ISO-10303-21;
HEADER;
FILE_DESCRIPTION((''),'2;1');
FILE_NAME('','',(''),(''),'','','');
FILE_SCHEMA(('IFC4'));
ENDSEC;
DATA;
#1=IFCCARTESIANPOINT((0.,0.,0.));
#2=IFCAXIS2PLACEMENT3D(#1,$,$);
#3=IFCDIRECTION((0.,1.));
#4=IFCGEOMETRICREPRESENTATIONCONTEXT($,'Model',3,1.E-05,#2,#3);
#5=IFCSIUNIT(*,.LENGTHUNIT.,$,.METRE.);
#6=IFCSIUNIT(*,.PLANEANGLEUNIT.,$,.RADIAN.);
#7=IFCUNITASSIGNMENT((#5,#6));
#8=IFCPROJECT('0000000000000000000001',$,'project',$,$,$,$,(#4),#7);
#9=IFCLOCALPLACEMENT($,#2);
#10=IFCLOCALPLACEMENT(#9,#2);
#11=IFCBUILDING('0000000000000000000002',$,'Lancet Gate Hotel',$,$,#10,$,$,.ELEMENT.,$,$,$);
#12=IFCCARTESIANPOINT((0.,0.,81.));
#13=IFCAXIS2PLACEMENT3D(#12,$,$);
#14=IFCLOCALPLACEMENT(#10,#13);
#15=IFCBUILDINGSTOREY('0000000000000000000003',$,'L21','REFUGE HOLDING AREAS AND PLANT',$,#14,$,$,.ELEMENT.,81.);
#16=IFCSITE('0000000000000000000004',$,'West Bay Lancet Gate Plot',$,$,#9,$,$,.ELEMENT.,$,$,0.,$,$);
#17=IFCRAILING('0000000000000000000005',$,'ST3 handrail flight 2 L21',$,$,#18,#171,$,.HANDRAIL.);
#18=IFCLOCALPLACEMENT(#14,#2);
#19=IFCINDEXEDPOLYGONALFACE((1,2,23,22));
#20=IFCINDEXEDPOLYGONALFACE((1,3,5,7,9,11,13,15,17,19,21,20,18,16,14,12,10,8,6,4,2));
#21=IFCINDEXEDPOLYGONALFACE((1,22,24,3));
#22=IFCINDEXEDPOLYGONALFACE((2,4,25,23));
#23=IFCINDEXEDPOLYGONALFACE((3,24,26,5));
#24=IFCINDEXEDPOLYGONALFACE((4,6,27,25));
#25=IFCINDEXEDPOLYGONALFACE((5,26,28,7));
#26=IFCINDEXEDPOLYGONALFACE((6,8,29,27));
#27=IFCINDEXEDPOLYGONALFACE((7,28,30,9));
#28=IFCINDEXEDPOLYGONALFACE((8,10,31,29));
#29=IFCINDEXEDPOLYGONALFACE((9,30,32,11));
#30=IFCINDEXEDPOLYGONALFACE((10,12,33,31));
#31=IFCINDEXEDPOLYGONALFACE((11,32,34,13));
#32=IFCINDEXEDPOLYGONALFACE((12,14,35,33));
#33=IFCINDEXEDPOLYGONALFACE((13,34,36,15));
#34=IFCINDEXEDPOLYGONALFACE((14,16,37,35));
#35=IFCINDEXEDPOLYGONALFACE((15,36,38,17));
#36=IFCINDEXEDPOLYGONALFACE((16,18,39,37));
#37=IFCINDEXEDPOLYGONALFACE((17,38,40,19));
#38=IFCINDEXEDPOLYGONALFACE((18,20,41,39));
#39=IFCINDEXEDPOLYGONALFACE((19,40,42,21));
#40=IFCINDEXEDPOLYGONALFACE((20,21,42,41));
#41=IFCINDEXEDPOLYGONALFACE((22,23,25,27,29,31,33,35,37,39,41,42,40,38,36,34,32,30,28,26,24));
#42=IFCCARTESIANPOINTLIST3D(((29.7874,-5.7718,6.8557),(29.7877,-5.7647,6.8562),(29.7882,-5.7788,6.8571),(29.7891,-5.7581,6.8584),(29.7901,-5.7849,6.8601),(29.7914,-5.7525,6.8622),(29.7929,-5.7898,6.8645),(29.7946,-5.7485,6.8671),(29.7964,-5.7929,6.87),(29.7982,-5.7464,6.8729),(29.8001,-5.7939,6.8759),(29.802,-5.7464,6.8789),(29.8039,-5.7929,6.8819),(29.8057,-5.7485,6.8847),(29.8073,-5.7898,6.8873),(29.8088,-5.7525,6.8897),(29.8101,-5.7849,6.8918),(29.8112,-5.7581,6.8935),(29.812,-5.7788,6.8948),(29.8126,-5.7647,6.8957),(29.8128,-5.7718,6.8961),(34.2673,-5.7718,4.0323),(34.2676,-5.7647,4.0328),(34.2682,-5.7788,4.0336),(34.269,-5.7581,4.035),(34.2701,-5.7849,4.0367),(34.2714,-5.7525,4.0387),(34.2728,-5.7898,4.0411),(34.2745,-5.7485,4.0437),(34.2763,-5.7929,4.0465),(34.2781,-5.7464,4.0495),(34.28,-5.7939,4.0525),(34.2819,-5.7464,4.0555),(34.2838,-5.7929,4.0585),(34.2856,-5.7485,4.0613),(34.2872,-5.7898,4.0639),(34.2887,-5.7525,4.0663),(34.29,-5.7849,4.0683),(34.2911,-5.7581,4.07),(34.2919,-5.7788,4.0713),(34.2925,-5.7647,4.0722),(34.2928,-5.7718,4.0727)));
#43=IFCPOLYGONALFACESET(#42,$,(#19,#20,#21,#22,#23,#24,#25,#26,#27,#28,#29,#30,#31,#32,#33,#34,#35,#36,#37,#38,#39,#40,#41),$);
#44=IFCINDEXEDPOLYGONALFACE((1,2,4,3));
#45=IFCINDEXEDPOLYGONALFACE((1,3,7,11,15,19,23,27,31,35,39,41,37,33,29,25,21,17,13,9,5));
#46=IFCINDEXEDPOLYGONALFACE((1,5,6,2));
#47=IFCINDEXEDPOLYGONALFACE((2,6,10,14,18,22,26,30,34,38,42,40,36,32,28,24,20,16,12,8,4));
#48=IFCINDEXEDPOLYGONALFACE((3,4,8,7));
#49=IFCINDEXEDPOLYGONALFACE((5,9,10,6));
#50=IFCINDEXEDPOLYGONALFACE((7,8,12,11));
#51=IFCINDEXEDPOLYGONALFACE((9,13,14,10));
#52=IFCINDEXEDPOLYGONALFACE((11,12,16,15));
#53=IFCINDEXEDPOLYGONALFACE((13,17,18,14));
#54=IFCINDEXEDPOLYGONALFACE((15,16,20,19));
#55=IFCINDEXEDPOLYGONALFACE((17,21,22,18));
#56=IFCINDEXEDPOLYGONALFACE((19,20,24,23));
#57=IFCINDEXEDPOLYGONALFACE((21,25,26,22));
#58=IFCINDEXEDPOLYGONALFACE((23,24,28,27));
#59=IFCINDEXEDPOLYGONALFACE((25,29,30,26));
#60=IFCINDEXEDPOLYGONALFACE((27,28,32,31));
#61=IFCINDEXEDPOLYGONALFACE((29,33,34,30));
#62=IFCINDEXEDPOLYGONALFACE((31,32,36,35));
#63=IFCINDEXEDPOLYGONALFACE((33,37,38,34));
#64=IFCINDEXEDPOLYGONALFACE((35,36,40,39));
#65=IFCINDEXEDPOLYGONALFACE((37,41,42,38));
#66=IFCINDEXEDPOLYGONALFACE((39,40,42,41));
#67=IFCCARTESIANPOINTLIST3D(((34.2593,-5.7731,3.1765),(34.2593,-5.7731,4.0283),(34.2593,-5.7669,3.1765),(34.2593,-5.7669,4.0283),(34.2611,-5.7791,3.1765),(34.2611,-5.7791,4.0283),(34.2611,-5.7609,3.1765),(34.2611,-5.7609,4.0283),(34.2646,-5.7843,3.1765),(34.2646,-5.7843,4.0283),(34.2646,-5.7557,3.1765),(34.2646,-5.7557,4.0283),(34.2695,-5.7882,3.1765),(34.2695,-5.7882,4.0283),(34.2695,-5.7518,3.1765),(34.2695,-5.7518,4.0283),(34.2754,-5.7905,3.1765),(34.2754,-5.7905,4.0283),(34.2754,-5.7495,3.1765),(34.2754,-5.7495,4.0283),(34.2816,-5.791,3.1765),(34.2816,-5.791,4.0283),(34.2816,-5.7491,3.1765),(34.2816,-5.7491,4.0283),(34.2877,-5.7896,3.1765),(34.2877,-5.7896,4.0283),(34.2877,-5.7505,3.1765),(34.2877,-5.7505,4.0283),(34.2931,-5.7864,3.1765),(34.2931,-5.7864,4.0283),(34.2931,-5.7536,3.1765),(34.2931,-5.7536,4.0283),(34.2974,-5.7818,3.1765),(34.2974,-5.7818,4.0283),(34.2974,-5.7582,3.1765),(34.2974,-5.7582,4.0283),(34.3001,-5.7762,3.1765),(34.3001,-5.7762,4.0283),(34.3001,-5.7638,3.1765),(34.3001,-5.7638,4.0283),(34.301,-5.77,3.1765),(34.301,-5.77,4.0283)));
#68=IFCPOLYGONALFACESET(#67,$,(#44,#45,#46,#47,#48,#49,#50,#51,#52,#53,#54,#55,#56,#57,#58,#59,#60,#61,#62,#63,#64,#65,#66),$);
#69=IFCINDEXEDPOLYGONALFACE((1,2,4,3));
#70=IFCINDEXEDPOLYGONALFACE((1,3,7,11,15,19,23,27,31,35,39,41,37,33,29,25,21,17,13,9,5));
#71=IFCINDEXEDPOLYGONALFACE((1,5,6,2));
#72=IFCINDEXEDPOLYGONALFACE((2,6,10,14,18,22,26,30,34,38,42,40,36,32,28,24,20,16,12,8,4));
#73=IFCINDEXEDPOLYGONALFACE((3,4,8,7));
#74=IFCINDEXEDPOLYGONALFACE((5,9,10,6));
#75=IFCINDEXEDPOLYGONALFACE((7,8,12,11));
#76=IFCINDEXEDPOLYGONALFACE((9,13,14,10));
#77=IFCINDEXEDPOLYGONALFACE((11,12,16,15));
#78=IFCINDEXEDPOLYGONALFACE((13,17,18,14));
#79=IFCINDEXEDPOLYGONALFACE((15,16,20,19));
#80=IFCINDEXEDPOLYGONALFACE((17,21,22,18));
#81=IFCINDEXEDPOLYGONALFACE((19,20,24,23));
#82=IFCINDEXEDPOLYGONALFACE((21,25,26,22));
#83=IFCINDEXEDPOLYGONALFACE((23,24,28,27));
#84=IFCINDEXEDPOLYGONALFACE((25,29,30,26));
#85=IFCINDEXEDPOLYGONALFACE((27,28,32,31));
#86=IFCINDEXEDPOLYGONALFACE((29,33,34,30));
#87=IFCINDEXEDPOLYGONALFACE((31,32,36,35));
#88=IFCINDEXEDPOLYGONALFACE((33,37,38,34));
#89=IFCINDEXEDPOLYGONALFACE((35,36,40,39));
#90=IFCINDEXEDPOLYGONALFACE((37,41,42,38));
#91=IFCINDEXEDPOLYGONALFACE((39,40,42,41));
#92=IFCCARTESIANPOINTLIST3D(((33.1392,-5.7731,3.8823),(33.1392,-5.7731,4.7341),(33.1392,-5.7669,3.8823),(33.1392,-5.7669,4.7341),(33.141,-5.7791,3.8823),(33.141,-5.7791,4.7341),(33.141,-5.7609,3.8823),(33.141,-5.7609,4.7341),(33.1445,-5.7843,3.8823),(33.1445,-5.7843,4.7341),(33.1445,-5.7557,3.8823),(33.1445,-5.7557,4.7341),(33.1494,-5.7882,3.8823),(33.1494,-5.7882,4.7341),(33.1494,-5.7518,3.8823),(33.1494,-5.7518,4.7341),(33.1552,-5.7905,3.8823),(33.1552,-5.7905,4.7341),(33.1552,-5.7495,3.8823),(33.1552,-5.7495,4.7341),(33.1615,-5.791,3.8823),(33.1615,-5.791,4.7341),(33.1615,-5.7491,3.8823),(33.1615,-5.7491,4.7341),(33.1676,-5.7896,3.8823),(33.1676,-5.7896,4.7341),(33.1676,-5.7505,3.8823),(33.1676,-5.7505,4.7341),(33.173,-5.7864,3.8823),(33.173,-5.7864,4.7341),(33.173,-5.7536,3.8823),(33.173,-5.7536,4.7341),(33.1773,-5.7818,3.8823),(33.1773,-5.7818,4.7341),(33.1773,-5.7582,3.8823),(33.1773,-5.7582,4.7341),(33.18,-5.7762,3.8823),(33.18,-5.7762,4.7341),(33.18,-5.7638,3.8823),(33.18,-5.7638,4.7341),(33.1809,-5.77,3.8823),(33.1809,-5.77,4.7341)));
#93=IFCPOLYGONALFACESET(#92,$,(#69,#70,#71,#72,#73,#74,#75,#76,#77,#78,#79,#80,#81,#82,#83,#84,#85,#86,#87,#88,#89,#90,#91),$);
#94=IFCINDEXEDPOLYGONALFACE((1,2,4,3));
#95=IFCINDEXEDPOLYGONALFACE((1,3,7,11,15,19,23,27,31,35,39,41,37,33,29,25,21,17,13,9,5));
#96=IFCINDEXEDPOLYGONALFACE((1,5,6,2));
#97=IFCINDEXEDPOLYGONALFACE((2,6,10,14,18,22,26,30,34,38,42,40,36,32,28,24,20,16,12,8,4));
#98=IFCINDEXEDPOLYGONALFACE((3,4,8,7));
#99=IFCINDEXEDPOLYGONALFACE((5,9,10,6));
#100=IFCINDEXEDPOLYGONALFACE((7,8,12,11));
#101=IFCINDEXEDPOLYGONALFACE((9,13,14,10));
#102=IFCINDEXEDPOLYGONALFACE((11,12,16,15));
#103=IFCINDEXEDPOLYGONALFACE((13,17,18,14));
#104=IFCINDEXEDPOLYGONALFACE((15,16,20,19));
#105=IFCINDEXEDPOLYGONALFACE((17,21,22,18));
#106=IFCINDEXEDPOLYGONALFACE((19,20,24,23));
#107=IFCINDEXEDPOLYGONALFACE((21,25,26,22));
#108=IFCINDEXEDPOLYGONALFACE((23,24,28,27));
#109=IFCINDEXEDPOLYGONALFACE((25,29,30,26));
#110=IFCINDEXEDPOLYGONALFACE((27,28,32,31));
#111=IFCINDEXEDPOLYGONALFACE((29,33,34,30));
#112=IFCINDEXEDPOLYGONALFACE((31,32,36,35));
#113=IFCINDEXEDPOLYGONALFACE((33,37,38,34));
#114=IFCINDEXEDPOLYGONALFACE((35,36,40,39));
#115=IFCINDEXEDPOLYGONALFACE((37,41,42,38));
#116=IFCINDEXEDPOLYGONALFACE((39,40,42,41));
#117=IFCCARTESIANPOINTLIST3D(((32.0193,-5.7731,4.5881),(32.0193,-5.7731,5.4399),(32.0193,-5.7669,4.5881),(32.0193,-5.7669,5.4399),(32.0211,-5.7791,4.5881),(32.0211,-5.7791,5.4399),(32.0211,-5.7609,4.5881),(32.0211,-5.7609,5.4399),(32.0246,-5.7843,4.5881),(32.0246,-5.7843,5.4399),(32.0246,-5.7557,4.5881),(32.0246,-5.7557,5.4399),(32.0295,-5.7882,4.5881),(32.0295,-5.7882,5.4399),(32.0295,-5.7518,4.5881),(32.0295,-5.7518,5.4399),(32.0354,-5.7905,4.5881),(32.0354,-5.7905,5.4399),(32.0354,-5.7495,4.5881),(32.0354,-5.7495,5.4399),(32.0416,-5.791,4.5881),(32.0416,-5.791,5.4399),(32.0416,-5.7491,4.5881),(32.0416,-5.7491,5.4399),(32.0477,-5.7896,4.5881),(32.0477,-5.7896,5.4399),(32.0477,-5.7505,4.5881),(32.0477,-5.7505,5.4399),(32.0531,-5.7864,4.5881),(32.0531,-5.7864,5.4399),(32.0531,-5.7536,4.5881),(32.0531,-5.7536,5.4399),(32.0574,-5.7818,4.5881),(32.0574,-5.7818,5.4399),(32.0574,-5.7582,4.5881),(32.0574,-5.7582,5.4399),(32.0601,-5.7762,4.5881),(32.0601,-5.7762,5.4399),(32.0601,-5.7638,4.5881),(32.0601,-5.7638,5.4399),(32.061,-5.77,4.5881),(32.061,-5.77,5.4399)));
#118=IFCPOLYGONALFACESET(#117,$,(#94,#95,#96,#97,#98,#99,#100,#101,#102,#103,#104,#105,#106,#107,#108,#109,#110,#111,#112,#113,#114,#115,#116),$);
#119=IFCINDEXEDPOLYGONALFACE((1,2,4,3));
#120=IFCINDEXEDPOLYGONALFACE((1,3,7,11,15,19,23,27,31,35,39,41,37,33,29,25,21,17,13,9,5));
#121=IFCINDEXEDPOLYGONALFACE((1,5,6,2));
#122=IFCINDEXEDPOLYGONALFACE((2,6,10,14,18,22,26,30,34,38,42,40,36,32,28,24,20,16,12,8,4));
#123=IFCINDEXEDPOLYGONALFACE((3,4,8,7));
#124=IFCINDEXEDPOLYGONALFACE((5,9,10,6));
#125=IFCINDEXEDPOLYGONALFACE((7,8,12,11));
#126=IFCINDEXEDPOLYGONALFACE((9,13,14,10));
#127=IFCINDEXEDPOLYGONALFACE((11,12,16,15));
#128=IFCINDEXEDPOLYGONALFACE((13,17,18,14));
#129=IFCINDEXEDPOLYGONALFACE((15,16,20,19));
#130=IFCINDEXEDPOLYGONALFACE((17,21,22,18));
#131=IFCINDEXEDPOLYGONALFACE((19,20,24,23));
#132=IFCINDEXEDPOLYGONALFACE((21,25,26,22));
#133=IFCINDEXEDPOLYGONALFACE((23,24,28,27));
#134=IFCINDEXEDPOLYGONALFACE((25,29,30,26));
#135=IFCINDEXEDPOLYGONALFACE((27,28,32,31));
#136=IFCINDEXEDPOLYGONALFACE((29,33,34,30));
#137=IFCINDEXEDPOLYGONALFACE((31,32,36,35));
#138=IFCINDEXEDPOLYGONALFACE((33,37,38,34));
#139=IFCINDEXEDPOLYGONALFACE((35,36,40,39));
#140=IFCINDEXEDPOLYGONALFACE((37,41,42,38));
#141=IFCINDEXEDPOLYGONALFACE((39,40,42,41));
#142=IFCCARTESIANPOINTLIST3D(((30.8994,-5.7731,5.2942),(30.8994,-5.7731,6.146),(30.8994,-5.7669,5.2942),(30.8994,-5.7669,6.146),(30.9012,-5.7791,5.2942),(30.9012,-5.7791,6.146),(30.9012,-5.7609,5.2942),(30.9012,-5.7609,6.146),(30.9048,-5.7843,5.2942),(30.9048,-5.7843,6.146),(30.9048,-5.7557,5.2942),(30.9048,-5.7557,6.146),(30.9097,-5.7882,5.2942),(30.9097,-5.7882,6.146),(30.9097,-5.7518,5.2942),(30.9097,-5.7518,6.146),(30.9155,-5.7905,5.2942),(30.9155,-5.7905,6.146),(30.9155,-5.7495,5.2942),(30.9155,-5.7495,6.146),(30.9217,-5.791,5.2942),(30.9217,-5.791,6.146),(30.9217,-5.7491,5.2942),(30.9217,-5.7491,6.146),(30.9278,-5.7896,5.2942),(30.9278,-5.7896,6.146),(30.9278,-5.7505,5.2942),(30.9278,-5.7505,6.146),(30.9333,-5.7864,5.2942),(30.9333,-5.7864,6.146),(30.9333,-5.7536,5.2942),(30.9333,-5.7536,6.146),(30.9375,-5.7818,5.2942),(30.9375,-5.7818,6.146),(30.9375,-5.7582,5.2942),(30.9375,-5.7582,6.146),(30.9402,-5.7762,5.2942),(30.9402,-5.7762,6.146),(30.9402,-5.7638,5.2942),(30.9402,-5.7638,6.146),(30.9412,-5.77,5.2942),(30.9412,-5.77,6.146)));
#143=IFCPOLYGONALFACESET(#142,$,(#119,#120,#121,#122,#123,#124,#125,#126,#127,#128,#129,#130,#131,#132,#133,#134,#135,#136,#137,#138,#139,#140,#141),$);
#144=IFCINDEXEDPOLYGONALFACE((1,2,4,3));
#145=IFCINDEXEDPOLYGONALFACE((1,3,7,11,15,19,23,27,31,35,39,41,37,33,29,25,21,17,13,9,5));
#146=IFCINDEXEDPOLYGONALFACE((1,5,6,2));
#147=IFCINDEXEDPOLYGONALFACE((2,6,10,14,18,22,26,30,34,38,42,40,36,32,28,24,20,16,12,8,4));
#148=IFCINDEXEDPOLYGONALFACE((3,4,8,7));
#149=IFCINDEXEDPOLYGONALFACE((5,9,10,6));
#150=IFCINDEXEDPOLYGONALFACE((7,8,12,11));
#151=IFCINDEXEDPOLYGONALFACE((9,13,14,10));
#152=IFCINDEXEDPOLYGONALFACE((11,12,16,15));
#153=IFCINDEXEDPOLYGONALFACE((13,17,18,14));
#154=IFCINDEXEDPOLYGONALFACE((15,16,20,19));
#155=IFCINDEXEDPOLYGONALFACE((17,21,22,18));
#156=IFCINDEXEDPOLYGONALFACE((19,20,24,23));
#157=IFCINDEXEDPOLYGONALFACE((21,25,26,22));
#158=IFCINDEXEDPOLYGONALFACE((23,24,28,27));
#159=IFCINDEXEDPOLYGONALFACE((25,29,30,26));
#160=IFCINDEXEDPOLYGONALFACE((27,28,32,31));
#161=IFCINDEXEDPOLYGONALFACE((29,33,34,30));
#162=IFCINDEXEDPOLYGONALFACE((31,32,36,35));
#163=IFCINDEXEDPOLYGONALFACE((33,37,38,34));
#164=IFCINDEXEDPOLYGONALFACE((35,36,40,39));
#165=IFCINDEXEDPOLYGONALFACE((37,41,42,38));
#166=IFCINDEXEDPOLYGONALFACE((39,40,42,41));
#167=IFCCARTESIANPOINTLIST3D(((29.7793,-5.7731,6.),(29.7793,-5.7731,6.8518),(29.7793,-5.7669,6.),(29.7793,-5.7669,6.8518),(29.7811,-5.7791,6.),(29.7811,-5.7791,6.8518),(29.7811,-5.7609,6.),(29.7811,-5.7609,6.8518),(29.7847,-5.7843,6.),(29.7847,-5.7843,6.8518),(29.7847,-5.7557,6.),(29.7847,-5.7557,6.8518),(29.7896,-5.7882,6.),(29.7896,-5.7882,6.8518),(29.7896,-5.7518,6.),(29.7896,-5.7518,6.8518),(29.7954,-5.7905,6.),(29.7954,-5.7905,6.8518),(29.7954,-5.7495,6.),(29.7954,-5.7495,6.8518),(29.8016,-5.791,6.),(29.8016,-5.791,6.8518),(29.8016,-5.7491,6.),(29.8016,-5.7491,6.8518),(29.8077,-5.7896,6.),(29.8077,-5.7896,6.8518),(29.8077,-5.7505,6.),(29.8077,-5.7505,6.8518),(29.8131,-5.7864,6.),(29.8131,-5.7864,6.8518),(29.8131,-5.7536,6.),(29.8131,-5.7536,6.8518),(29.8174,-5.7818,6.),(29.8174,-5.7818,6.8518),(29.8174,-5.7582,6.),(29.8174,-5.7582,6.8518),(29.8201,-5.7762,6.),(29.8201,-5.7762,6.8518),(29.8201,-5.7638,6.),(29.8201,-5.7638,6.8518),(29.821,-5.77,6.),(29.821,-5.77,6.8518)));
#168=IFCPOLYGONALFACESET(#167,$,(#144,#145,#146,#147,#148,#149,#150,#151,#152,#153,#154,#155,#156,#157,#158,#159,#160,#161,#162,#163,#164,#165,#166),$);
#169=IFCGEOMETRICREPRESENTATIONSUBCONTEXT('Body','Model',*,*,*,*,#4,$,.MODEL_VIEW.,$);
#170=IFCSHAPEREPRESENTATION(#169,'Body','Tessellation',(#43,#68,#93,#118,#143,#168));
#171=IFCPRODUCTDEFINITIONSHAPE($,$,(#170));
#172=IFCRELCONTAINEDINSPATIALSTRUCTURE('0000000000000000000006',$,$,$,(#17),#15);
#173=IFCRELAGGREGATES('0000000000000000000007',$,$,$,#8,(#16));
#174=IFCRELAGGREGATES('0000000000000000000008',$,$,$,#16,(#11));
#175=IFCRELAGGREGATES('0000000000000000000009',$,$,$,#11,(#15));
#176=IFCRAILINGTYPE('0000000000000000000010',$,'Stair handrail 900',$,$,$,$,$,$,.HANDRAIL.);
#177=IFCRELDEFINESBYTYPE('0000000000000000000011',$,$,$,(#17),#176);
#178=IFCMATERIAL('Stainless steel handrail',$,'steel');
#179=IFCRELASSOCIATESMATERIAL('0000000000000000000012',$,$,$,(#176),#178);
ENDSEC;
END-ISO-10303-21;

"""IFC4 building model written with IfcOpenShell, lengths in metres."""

from ifc_helpers import new_model, si_unit, direction, frame, origin, origin_2d, place, context, subcontext, project, spatial, circle, extrude, material, type_object, element, save


model = new_model("IFC4")

# Units and contexts
model_context = context("Model", 3, precision=1e-05, world=origin(), true_north=direction((0.0, 1.0)))
body_context = subcontext(model_context, "Body", "Model", "MODEL_VIEW")
ifc_project = project(units=[si_unit("LENGTHUNIT", "METRE"), si_unit("PLANEANGLEUNIT", "RADIAN")], contexts=[model_context])

# Site, building, storey
site_placement = place(None, origin())
site = spatial("IfcSite", under=ifc_project, at=site_placement, Name="West Bay Lancet Gate Plot", CompositionType="ELEMENT", RefElevation=0.0)
building_placement = place(site_placement, origin())
building = spatial("IfcBuilding", under=site, at=building_placement, Name="Lancet Gate Hotel", CompositionType="ELEMENT")
storey_placement = place(building_placement, frame((0.0, 0.0, 81.0)))
storey = spatial("IfcBuildingStorey", under=building, at=storey_placement, Name="L21", Description="REFUGE HOLDING AREAS AND PLANT", CompositionType="ELEMENT", Elevation=81.0)

# Railing
ifc_material_1 = material(Name="Stainless steel handrail", Category="steel")
railing_type = type_object("IfcRailingType", Name="Stair handrail 900", PredefinedType="HANDRAIL", material=ifc_material_1)
railing_1_placement = place(storey_placement, frame((34.28, -5.77, 3.1765)))
element("IfcRailing", 1, at=railing_1_placement, inside=storey, type_object=railing_type, Name="ST3 handrail flight 2 L21", PredefinedType="HANDRAIL", context=body_context, shape_type="SweptSolid", body=[
    extrude(circle(Radius=0.0239, at=origin_2d()), frame((0.0, 0.0, 0.876), z_axis=(-0.845998, 0.0, 0.533186), x_axis=(0.0, -1.0, 0.0)), (0.0, 0.0, 1.0), 5.2954),
    extrude(circle(Radius=0.021, at=origin_2d()), origin(), (0.0, 0.0, 1.0), 0.8518),
    extrude(circle(Radius=0.021, at=origin_2d()), frame((-1.1201, 0.0, 0.7058)), (0.0, 0.0, 1.0), 0.8518),
    extrude(circle(Radius=0.021, at=origin_2d()), frame((-2.24, 0.0, 1.4116)), (0.0, 0.0, 1.0), 0.8518),
    extrude(circle(Radius=0.021, at=origin_2d()), frame((-3.3599, 0.0, 2.1177)), (0.0, 0.0, 1.0), 0.8518),
    extrude(circle(Radius=0.021, at=origin_2d()), frame((-4.48, 0.0, 2.8235)), (0.0, 0.0, 1.0), 0.8518),
])

save(model, "model.ifc")
